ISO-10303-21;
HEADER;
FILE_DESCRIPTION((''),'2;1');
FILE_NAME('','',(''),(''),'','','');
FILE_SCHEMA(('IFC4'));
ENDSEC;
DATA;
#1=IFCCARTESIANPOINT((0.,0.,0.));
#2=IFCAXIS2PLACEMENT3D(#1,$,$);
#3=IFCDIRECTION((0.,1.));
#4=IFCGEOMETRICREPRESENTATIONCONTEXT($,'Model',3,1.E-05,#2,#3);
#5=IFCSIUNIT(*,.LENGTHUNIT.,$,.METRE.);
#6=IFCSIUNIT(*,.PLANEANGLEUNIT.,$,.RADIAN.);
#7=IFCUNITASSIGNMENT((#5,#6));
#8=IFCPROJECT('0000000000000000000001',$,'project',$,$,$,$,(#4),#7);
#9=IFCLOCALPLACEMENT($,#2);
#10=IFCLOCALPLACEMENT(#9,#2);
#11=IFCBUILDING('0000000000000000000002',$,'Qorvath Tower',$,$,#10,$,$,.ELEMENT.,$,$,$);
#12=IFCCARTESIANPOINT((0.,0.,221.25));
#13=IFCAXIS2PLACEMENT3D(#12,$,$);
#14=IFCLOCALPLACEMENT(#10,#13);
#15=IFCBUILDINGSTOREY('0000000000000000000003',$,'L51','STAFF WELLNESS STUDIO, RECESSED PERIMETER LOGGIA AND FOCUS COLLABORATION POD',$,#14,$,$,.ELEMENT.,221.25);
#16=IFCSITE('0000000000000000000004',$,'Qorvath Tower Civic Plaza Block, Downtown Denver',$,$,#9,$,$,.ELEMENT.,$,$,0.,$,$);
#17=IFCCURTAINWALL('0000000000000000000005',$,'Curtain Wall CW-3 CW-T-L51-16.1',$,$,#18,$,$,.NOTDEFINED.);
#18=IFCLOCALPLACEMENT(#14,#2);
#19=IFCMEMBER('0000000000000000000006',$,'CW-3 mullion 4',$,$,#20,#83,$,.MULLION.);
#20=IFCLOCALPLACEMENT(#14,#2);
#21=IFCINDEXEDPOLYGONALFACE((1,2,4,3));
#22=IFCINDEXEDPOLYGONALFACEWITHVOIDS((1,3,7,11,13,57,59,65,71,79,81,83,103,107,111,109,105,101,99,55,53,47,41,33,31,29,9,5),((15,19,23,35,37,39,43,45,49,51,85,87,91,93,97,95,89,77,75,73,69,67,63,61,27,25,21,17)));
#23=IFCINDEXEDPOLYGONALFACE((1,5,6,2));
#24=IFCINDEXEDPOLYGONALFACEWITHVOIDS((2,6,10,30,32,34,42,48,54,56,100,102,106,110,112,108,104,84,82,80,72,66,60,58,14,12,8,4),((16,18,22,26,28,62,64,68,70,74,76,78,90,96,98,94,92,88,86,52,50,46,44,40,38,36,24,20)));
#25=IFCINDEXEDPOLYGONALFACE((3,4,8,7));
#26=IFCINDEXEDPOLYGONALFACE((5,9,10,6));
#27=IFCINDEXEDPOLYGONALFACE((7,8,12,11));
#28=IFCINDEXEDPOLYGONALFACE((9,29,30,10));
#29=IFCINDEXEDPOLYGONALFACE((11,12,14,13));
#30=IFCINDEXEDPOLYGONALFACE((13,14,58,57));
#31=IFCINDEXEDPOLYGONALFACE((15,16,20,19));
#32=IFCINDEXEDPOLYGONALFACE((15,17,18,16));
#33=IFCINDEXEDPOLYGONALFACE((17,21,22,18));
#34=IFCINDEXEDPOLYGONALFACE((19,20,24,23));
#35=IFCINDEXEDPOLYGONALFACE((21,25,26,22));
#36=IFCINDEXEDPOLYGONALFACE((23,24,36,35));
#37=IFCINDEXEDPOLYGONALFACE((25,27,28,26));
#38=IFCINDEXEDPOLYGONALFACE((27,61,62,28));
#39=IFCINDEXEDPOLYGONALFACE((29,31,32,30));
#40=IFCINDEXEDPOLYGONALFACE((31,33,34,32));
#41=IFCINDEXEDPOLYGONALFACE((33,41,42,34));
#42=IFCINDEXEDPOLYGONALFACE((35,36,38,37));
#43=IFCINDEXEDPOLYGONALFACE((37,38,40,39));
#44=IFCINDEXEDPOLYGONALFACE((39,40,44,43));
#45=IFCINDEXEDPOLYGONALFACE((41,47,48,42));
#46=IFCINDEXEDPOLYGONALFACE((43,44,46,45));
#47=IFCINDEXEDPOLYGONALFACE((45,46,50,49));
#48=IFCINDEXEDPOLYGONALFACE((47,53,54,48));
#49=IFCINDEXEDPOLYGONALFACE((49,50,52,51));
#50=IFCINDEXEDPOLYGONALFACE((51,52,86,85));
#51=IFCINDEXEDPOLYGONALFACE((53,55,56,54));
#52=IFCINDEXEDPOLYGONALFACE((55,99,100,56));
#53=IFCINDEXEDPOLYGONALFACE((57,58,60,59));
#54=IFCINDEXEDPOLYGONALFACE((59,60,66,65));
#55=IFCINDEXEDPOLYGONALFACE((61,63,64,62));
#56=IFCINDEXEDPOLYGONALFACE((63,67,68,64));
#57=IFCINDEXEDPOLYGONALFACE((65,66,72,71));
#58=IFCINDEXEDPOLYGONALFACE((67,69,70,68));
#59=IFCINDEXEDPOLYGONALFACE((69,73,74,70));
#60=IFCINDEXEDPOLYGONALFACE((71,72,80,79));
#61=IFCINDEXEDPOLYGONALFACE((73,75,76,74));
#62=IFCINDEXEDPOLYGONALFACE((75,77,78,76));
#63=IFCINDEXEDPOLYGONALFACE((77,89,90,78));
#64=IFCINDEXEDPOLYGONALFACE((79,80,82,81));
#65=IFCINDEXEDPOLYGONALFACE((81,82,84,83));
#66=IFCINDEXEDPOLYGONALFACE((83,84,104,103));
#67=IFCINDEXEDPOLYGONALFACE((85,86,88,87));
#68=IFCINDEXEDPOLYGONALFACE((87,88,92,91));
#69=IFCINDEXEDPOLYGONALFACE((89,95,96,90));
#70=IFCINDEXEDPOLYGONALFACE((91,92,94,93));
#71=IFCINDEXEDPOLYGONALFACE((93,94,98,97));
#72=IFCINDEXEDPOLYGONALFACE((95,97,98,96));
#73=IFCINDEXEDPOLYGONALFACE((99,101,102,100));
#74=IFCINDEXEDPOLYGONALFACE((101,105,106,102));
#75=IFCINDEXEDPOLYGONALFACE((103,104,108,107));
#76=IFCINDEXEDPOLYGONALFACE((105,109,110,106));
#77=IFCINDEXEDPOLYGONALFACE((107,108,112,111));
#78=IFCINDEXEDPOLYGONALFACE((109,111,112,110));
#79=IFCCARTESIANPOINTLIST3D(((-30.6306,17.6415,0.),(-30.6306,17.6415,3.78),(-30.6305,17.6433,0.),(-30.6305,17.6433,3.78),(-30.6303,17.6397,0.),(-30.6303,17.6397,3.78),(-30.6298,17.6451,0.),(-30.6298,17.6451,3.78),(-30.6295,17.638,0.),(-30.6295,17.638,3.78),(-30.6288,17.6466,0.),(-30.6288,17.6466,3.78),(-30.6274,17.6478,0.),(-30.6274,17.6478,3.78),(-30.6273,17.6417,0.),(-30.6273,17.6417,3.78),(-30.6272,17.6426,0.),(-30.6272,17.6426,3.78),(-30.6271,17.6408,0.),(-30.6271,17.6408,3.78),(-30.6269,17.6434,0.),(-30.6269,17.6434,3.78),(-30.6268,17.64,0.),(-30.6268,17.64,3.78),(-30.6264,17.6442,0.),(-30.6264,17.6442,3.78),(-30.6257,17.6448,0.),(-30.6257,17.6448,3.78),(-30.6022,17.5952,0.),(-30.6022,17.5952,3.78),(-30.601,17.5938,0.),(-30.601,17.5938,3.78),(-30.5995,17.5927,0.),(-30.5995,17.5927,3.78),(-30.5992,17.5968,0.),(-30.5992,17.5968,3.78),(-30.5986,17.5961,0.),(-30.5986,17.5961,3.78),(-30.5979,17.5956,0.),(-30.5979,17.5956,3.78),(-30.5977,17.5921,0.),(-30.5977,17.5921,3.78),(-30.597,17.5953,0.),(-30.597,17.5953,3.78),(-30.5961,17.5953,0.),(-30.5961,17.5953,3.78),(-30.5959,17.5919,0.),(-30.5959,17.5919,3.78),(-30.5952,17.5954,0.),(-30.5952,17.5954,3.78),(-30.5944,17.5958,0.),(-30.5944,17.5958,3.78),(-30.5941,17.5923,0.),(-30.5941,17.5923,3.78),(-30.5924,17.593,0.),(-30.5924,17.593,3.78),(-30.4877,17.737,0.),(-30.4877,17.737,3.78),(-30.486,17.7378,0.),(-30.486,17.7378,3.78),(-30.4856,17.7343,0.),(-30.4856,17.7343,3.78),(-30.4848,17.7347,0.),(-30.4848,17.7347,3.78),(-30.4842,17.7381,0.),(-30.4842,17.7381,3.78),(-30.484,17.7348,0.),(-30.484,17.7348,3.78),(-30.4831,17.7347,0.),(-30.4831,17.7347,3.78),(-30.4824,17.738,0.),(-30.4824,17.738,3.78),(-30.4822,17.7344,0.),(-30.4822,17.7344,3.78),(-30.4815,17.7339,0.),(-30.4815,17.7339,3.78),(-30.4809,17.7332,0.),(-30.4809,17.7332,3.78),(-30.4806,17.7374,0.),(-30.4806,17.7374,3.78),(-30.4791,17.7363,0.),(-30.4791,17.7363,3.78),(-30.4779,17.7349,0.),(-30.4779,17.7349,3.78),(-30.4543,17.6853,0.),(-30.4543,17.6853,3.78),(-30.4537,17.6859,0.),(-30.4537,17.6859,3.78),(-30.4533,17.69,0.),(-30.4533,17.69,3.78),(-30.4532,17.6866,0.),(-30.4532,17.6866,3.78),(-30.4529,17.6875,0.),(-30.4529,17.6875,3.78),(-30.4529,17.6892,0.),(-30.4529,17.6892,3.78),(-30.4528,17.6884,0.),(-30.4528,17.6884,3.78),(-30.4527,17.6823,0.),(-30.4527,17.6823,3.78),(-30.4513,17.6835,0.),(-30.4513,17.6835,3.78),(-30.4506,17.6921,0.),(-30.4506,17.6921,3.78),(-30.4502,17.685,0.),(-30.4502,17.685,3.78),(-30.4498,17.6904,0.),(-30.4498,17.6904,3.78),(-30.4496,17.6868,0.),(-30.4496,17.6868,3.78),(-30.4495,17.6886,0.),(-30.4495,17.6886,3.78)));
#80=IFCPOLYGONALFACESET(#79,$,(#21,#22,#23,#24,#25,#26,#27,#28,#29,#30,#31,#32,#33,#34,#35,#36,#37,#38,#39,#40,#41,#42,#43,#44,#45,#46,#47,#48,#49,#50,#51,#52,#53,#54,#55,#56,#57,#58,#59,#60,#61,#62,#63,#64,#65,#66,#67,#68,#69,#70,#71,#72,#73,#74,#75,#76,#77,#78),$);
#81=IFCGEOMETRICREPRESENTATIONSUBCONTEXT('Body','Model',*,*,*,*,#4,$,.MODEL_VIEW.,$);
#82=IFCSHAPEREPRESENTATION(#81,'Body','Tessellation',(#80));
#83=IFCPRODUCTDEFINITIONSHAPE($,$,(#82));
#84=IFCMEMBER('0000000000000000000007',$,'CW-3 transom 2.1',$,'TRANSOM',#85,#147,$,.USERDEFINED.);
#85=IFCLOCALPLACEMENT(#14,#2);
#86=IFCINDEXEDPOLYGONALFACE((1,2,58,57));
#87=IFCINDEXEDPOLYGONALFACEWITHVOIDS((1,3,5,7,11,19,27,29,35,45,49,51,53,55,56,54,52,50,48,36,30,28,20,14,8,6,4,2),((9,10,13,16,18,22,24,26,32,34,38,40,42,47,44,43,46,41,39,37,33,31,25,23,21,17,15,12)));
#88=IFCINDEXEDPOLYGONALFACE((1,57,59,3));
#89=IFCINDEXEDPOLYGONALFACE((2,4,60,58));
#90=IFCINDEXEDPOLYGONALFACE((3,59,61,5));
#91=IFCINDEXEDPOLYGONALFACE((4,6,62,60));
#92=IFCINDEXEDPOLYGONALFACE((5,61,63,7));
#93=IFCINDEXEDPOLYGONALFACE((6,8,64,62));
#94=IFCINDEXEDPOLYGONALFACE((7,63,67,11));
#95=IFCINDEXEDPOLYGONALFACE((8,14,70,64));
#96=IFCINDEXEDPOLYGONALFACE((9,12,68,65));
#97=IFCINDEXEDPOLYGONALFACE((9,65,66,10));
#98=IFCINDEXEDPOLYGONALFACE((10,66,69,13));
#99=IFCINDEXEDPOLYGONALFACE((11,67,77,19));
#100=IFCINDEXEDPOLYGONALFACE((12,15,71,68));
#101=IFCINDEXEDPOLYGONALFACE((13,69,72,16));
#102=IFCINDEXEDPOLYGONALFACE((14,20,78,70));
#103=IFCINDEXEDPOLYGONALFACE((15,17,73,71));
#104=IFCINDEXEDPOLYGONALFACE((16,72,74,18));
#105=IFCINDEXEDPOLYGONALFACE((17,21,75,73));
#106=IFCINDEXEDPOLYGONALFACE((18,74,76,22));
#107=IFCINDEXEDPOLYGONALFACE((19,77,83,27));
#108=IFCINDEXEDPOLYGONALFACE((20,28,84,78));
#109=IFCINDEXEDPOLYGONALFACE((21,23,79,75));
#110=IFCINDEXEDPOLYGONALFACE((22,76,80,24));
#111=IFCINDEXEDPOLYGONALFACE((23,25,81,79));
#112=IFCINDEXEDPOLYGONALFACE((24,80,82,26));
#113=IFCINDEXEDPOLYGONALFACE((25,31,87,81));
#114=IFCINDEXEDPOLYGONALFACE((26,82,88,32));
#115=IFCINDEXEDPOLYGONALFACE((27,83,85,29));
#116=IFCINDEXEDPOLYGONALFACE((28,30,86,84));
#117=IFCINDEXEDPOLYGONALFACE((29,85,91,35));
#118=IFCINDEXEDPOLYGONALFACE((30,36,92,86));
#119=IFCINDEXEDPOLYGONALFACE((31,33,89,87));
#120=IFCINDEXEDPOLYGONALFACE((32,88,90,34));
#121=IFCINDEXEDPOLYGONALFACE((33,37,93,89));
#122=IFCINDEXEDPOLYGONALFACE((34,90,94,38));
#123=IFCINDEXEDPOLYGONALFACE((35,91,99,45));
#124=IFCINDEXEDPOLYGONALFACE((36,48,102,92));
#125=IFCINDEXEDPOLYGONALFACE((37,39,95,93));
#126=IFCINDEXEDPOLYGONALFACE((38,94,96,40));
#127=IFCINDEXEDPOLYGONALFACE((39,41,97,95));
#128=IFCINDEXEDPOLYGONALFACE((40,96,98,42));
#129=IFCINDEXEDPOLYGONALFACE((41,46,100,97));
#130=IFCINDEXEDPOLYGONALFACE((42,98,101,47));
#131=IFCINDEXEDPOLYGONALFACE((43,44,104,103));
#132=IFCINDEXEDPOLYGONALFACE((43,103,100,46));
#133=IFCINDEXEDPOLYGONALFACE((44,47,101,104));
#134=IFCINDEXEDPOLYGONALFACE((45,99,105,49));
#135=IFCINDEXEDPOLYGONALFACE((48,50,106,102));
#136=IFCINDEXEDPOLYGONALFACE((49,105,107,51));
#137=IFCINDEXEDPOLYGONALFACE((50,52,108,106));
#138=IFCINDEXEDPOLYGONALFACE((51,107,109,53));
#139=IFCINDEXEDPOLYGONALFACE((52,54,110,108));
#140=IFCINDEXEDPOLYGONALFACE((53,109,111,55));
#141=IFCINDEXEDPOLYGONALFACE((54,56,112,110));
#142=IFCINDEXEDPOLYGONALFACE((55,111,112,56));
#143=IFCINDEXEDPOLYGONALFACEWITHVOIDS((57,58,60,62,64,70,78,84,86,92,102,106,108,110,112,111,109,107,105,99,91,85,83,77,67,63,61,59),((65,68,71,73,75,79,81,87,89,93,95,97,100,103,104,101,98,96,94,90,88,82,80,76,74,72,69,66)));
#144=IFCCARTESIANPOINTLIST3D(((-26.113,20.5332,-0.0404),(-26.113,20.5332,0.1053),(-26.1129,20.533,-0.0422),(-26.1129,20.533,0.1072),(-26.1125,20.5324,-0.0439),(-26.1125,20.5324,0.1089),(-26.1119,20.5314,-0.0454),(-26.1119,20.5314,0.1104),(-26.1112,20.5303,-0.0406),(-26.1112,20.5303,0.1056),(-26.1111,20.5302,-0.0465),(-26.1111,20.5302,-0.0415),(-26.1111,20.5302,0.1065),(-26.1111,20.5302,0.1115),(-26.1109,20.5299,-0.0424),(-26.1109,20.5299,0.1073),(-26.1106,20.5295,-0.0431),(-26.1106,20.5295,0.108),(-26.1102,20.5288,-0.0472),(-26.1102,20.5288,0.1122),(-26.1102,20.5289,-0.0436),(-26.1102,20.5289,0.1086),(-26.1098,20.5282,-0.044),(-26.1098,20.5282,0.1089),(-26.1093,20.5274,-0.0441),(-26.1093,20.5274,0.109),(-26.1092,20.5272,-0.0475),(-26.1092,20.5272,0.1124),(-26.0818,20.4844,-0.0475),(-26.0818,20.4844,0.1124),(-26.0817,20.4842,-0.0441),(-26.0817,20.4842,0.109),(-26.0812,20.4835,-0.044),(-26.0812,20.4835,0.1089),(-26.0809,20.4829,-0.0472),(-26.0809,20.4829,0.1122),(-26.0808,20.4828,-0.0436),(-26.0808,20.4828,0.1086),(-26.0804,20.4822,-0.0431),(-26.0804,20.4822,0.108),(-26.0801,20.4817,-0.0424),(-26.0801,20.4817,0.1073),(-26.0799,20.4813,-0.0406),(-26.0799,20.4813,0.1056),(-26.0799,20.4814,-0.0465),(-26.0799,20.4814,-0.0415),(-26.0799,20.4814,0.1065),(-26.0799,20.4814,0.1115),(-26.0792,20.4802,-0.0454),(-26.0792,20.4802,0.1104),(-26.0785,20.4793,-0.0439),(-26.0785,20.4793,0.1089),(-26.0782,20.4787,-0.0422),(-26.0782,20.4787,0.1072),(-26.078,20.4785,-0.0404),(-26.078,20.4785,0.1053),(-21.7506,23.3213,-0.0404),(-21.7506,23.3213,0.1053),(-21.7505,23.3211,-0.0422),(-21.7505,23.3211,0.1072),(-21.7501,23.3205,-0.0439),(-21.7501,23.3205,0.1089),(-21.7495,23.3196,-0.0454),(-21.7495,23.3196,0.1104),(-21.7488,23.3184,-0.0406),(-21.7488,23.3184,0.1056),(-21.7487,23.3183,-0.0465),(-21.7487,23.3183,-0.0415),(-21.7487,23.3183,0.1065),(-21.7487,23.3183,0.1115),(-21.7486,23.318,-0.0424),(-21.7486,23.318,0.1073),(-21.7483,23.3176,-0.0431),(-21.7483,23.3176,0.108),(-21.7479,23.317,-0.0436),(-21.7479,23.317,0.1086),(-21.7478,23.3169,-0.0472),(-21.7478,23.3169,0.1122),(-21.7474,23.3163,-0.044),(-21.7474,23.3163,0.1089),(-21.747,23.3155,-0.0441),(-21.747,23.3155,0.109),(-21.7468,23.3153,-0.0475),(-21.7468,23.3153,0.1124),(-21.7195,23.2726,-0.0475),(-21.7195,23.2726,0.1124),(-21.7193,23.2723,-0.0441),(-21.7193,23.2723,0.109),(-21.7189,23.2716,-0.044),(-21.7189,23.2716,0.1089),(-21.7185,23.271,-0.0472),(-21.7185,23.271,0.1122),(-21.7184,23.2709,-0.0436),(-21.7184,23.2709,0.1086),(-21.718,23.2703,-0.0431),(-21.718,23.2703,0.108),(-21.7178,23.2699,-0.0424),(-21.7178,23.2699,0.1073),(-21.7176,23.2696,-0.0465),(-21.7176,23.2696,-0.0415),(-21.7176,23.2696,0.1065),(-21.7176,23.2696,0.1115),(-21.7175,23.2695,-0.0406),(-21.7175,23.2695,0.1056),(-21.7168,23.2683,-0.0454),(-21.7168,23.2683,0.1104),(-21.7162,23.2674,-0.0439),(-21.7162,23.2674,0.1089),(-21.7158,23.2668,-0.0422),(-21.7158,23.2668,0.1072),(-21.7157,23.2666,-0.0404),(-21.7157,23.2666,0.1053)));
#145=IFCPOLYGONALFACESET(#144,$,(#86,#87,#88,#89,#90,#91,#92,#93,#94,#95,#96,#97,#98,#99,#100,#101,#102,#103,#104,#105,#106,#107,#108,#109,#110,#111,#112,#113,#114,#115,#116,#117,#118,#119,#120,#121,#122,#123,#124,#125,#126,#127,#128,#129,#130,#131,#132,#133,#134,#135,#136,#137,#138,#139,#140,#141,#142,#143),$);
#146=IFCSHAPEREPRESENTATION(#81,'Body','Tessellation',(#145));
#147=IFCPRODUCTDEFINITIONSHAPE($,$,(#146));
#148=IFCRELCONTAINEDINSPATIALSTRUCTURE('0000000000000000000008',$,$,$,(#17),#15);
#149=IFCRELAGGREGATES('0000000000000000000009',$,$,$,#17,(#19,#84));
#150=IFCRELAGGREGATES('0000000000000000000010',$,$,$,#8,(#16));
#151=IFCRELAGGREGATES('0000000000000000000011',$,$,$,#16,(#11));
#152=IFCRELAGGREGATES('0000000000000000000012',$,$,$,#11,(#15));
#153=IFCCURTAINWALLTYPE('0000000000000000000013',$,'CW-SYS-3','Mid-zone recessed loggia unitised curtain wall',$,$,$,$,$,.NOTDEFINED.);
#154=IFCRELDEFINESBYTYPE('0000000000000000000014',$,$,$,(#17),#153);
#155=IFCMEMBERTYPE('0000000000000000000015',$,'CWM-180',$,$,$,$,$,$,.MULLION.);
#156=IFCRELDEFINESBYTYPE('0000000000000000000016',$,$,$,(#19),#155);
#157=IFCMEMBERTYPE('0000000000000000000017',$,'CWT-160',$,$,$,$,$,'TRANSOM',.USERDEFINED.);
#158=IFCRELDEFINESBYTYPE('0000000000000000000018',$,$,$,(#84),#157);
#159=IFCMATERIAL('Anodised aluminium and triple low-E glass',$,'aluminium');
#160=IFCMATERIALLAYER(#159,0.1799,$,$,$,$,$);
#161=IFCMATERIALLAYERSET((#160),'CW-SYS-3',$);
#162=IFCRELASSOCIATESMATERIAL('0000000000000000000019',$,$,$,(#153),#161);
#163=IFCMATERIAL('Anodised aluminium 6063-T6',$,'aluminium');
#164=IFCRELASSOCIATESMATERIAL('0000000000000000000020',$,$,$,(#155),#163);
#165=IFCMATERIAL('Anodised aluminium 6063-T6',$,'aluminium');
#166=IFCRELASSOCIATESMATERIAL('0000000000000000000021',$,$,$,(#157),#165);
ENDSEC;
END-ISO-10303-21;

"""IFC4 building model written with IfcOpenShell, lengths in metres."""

from ifc_helpers import new_model, si_unit, direction, frame, origin, origin_2d, place, context, subcontext, project, spatial, hollow_rectangle, extrude, material, layer, layer_set, material_profile, profile_set, type_object, element, aggregate, save


model = new_model("IFC4")

# Units and contexts
model_context = context("Model", 3, precision=1e-05, world=origin(), true_north=direction((0.0, 1.0)))
body_context = subcontext(model_context, "Body", "Model", "MODEL_VIEW")
ifc_project = project(units=[si_unit("LENGTHUNIT", "METRE"), si_unit("PLANEANGLEUNIT", "RADIAN")], contexts=[model_context])

# Site, building, storey
site_placement = place(None, origin())
site = spatial("IfcSite", under=ifc_project, at=site_placement, Name="Qorvath Tower Civic Plaza Block, Downtown Denver", CompositionType="ELEMENT", RefElevation=0.0)
building_placement = place(site_placement, origin())
building = spatial("IfcBuilding", under=site, at=building_placement, Name="Qorvath Tower", CompositionType="ELEMENT")
storey_placement = place(building_placement, frame((0.0, 0.0, 221.25)))
storey = spatial("IfcBuildingStorey", under=building, at=storey_placement, Name="L51", Description="STAFF WELLNESS STUDIO, RECESSED PERIMETER LOGGIA AND FOCUS COLLABORATION POD", CompositionType="ELEMENT", Elevation=221.25)

# Curtain wall, members
ifc_material_1 = material(Name="Anodised aluminium and triple low-E glass", Category="aluminium")
ifc_layer_1 = layer(ifc_material_1, 0.1799)
ifc_layer_set_1 = layer_set([ifc_layer_1], Name="CW-SYS-3")
curtain_wall_type = type_object("IfcCurtainWallType", Name="CW-SYS-3", Description="Mid-zone recessed loggia unitised curtain wall", PredefinedType="NOTDEFINED", material=ifc_layer_set_1)
curtain_wall_placement = place(storey_placement, origin())
curtain_wall = element("IfcCurtainWall", 1, at=curtain_wall_placement, inside=storey, type_object=curtain_wall_type, Name="Curtain Wall CW-3 CW-T-L51-16.1", PredefinedType="NOTDEFINED")
ifc_material_2 = material(Name="Anodised aluminium 6063-T6", Category="aluminium")
ifc_material_profile_1 = material_profile(ifc_material_2, hollow_rectangle(XDim=0.0649, YDim=0.1799, WallThickness=0.0034, InnerFilletRadius=0.0034, OuterFilletRadius=0.0071, at=origin_2d()), Name="CWM 180x65")
ifc_profile_set_1 = profile_set([ifc_material_profile_1], Name="Anodised aluminium 6063-T6")
member_type_1 = type_object("IfcMemberType", Name="CWM-180", PredefinedType="MULLION", material=ifc_profile_set_1)
member_1_placement = place(storey_placement, frame((-30.54, 17.665, 0.0), z_axis=(0.0, 0.0, 1.0), x_axis=(0.538535, -0.842603, 0.0)))
member_1 = element("IfcMember", 2, at=member_1_placement, type_object=member_type_1, Name="CW-3 mullion 4", PredefinedType="MULLION", context=body_context, shape_type="SweptSolid", body=[
    extrude(hollow_rectangle(XDim=0.0649, YDim=0.1799, WallThickness=0.0034, InnerFilletRadius=0.0034, OuterFilletRadius=0.0071, at=origin_2d()), origin(), (0.0, 0.0, 1.0), 3.78),
])
ifc_material_3 = material(Name="Anodised aluminium 6063-T6", Category="aluminium")
ifc_material_profile_2 = material_profile(ifc_material_3, hollow_rectangle(XDim=0.0649, YDim=0.1599, WallThickness=0.0034, InnerFilletRadius=0.0034, OuterFilletRadius=0.0071, at=origin_2d()), Name="CWT 160x65")
ifc_profile_set_2 = profile_set([ifc_material_profile_2], Name="Anodised aluminium 6063-T6")
member_type_2 = type_object("IfcMemberType", Name="CWT-160", ElementType="TRANSOM", PredefinedType="USERDEFINED", material=ifc_profile_set_2)
member_2_placement = place(storey_placement, frame((-21.7332, 23.2939, 0.0325), z_axis=(-0.842604, -0.538534, 0.0), x_axis=(0.538534, -0.842604, 0.0)))
member_2 = element("IfcMember", 3, at=member_2_placement, type_object=member_type_2, Name="CW-3 transom 2.1", ObjectType="TRANSOM", PredefinedType="USERDEFINED", context=body_context, shape_type="SweptSolid", body=[
    extrude(hollow_rectangle(XDim=0.0649, YDim=0.1599, WallThickness=0.0034, InnerFilletRadius=0.0034, OuterFilletRadius=0.0071, at=origin_2d()), origin(), (0.0, 0.0, 1.0), 5.1772),
])
aggregate(curtain_wall, [member_1, member_2])

save(model, "model.ifc")
